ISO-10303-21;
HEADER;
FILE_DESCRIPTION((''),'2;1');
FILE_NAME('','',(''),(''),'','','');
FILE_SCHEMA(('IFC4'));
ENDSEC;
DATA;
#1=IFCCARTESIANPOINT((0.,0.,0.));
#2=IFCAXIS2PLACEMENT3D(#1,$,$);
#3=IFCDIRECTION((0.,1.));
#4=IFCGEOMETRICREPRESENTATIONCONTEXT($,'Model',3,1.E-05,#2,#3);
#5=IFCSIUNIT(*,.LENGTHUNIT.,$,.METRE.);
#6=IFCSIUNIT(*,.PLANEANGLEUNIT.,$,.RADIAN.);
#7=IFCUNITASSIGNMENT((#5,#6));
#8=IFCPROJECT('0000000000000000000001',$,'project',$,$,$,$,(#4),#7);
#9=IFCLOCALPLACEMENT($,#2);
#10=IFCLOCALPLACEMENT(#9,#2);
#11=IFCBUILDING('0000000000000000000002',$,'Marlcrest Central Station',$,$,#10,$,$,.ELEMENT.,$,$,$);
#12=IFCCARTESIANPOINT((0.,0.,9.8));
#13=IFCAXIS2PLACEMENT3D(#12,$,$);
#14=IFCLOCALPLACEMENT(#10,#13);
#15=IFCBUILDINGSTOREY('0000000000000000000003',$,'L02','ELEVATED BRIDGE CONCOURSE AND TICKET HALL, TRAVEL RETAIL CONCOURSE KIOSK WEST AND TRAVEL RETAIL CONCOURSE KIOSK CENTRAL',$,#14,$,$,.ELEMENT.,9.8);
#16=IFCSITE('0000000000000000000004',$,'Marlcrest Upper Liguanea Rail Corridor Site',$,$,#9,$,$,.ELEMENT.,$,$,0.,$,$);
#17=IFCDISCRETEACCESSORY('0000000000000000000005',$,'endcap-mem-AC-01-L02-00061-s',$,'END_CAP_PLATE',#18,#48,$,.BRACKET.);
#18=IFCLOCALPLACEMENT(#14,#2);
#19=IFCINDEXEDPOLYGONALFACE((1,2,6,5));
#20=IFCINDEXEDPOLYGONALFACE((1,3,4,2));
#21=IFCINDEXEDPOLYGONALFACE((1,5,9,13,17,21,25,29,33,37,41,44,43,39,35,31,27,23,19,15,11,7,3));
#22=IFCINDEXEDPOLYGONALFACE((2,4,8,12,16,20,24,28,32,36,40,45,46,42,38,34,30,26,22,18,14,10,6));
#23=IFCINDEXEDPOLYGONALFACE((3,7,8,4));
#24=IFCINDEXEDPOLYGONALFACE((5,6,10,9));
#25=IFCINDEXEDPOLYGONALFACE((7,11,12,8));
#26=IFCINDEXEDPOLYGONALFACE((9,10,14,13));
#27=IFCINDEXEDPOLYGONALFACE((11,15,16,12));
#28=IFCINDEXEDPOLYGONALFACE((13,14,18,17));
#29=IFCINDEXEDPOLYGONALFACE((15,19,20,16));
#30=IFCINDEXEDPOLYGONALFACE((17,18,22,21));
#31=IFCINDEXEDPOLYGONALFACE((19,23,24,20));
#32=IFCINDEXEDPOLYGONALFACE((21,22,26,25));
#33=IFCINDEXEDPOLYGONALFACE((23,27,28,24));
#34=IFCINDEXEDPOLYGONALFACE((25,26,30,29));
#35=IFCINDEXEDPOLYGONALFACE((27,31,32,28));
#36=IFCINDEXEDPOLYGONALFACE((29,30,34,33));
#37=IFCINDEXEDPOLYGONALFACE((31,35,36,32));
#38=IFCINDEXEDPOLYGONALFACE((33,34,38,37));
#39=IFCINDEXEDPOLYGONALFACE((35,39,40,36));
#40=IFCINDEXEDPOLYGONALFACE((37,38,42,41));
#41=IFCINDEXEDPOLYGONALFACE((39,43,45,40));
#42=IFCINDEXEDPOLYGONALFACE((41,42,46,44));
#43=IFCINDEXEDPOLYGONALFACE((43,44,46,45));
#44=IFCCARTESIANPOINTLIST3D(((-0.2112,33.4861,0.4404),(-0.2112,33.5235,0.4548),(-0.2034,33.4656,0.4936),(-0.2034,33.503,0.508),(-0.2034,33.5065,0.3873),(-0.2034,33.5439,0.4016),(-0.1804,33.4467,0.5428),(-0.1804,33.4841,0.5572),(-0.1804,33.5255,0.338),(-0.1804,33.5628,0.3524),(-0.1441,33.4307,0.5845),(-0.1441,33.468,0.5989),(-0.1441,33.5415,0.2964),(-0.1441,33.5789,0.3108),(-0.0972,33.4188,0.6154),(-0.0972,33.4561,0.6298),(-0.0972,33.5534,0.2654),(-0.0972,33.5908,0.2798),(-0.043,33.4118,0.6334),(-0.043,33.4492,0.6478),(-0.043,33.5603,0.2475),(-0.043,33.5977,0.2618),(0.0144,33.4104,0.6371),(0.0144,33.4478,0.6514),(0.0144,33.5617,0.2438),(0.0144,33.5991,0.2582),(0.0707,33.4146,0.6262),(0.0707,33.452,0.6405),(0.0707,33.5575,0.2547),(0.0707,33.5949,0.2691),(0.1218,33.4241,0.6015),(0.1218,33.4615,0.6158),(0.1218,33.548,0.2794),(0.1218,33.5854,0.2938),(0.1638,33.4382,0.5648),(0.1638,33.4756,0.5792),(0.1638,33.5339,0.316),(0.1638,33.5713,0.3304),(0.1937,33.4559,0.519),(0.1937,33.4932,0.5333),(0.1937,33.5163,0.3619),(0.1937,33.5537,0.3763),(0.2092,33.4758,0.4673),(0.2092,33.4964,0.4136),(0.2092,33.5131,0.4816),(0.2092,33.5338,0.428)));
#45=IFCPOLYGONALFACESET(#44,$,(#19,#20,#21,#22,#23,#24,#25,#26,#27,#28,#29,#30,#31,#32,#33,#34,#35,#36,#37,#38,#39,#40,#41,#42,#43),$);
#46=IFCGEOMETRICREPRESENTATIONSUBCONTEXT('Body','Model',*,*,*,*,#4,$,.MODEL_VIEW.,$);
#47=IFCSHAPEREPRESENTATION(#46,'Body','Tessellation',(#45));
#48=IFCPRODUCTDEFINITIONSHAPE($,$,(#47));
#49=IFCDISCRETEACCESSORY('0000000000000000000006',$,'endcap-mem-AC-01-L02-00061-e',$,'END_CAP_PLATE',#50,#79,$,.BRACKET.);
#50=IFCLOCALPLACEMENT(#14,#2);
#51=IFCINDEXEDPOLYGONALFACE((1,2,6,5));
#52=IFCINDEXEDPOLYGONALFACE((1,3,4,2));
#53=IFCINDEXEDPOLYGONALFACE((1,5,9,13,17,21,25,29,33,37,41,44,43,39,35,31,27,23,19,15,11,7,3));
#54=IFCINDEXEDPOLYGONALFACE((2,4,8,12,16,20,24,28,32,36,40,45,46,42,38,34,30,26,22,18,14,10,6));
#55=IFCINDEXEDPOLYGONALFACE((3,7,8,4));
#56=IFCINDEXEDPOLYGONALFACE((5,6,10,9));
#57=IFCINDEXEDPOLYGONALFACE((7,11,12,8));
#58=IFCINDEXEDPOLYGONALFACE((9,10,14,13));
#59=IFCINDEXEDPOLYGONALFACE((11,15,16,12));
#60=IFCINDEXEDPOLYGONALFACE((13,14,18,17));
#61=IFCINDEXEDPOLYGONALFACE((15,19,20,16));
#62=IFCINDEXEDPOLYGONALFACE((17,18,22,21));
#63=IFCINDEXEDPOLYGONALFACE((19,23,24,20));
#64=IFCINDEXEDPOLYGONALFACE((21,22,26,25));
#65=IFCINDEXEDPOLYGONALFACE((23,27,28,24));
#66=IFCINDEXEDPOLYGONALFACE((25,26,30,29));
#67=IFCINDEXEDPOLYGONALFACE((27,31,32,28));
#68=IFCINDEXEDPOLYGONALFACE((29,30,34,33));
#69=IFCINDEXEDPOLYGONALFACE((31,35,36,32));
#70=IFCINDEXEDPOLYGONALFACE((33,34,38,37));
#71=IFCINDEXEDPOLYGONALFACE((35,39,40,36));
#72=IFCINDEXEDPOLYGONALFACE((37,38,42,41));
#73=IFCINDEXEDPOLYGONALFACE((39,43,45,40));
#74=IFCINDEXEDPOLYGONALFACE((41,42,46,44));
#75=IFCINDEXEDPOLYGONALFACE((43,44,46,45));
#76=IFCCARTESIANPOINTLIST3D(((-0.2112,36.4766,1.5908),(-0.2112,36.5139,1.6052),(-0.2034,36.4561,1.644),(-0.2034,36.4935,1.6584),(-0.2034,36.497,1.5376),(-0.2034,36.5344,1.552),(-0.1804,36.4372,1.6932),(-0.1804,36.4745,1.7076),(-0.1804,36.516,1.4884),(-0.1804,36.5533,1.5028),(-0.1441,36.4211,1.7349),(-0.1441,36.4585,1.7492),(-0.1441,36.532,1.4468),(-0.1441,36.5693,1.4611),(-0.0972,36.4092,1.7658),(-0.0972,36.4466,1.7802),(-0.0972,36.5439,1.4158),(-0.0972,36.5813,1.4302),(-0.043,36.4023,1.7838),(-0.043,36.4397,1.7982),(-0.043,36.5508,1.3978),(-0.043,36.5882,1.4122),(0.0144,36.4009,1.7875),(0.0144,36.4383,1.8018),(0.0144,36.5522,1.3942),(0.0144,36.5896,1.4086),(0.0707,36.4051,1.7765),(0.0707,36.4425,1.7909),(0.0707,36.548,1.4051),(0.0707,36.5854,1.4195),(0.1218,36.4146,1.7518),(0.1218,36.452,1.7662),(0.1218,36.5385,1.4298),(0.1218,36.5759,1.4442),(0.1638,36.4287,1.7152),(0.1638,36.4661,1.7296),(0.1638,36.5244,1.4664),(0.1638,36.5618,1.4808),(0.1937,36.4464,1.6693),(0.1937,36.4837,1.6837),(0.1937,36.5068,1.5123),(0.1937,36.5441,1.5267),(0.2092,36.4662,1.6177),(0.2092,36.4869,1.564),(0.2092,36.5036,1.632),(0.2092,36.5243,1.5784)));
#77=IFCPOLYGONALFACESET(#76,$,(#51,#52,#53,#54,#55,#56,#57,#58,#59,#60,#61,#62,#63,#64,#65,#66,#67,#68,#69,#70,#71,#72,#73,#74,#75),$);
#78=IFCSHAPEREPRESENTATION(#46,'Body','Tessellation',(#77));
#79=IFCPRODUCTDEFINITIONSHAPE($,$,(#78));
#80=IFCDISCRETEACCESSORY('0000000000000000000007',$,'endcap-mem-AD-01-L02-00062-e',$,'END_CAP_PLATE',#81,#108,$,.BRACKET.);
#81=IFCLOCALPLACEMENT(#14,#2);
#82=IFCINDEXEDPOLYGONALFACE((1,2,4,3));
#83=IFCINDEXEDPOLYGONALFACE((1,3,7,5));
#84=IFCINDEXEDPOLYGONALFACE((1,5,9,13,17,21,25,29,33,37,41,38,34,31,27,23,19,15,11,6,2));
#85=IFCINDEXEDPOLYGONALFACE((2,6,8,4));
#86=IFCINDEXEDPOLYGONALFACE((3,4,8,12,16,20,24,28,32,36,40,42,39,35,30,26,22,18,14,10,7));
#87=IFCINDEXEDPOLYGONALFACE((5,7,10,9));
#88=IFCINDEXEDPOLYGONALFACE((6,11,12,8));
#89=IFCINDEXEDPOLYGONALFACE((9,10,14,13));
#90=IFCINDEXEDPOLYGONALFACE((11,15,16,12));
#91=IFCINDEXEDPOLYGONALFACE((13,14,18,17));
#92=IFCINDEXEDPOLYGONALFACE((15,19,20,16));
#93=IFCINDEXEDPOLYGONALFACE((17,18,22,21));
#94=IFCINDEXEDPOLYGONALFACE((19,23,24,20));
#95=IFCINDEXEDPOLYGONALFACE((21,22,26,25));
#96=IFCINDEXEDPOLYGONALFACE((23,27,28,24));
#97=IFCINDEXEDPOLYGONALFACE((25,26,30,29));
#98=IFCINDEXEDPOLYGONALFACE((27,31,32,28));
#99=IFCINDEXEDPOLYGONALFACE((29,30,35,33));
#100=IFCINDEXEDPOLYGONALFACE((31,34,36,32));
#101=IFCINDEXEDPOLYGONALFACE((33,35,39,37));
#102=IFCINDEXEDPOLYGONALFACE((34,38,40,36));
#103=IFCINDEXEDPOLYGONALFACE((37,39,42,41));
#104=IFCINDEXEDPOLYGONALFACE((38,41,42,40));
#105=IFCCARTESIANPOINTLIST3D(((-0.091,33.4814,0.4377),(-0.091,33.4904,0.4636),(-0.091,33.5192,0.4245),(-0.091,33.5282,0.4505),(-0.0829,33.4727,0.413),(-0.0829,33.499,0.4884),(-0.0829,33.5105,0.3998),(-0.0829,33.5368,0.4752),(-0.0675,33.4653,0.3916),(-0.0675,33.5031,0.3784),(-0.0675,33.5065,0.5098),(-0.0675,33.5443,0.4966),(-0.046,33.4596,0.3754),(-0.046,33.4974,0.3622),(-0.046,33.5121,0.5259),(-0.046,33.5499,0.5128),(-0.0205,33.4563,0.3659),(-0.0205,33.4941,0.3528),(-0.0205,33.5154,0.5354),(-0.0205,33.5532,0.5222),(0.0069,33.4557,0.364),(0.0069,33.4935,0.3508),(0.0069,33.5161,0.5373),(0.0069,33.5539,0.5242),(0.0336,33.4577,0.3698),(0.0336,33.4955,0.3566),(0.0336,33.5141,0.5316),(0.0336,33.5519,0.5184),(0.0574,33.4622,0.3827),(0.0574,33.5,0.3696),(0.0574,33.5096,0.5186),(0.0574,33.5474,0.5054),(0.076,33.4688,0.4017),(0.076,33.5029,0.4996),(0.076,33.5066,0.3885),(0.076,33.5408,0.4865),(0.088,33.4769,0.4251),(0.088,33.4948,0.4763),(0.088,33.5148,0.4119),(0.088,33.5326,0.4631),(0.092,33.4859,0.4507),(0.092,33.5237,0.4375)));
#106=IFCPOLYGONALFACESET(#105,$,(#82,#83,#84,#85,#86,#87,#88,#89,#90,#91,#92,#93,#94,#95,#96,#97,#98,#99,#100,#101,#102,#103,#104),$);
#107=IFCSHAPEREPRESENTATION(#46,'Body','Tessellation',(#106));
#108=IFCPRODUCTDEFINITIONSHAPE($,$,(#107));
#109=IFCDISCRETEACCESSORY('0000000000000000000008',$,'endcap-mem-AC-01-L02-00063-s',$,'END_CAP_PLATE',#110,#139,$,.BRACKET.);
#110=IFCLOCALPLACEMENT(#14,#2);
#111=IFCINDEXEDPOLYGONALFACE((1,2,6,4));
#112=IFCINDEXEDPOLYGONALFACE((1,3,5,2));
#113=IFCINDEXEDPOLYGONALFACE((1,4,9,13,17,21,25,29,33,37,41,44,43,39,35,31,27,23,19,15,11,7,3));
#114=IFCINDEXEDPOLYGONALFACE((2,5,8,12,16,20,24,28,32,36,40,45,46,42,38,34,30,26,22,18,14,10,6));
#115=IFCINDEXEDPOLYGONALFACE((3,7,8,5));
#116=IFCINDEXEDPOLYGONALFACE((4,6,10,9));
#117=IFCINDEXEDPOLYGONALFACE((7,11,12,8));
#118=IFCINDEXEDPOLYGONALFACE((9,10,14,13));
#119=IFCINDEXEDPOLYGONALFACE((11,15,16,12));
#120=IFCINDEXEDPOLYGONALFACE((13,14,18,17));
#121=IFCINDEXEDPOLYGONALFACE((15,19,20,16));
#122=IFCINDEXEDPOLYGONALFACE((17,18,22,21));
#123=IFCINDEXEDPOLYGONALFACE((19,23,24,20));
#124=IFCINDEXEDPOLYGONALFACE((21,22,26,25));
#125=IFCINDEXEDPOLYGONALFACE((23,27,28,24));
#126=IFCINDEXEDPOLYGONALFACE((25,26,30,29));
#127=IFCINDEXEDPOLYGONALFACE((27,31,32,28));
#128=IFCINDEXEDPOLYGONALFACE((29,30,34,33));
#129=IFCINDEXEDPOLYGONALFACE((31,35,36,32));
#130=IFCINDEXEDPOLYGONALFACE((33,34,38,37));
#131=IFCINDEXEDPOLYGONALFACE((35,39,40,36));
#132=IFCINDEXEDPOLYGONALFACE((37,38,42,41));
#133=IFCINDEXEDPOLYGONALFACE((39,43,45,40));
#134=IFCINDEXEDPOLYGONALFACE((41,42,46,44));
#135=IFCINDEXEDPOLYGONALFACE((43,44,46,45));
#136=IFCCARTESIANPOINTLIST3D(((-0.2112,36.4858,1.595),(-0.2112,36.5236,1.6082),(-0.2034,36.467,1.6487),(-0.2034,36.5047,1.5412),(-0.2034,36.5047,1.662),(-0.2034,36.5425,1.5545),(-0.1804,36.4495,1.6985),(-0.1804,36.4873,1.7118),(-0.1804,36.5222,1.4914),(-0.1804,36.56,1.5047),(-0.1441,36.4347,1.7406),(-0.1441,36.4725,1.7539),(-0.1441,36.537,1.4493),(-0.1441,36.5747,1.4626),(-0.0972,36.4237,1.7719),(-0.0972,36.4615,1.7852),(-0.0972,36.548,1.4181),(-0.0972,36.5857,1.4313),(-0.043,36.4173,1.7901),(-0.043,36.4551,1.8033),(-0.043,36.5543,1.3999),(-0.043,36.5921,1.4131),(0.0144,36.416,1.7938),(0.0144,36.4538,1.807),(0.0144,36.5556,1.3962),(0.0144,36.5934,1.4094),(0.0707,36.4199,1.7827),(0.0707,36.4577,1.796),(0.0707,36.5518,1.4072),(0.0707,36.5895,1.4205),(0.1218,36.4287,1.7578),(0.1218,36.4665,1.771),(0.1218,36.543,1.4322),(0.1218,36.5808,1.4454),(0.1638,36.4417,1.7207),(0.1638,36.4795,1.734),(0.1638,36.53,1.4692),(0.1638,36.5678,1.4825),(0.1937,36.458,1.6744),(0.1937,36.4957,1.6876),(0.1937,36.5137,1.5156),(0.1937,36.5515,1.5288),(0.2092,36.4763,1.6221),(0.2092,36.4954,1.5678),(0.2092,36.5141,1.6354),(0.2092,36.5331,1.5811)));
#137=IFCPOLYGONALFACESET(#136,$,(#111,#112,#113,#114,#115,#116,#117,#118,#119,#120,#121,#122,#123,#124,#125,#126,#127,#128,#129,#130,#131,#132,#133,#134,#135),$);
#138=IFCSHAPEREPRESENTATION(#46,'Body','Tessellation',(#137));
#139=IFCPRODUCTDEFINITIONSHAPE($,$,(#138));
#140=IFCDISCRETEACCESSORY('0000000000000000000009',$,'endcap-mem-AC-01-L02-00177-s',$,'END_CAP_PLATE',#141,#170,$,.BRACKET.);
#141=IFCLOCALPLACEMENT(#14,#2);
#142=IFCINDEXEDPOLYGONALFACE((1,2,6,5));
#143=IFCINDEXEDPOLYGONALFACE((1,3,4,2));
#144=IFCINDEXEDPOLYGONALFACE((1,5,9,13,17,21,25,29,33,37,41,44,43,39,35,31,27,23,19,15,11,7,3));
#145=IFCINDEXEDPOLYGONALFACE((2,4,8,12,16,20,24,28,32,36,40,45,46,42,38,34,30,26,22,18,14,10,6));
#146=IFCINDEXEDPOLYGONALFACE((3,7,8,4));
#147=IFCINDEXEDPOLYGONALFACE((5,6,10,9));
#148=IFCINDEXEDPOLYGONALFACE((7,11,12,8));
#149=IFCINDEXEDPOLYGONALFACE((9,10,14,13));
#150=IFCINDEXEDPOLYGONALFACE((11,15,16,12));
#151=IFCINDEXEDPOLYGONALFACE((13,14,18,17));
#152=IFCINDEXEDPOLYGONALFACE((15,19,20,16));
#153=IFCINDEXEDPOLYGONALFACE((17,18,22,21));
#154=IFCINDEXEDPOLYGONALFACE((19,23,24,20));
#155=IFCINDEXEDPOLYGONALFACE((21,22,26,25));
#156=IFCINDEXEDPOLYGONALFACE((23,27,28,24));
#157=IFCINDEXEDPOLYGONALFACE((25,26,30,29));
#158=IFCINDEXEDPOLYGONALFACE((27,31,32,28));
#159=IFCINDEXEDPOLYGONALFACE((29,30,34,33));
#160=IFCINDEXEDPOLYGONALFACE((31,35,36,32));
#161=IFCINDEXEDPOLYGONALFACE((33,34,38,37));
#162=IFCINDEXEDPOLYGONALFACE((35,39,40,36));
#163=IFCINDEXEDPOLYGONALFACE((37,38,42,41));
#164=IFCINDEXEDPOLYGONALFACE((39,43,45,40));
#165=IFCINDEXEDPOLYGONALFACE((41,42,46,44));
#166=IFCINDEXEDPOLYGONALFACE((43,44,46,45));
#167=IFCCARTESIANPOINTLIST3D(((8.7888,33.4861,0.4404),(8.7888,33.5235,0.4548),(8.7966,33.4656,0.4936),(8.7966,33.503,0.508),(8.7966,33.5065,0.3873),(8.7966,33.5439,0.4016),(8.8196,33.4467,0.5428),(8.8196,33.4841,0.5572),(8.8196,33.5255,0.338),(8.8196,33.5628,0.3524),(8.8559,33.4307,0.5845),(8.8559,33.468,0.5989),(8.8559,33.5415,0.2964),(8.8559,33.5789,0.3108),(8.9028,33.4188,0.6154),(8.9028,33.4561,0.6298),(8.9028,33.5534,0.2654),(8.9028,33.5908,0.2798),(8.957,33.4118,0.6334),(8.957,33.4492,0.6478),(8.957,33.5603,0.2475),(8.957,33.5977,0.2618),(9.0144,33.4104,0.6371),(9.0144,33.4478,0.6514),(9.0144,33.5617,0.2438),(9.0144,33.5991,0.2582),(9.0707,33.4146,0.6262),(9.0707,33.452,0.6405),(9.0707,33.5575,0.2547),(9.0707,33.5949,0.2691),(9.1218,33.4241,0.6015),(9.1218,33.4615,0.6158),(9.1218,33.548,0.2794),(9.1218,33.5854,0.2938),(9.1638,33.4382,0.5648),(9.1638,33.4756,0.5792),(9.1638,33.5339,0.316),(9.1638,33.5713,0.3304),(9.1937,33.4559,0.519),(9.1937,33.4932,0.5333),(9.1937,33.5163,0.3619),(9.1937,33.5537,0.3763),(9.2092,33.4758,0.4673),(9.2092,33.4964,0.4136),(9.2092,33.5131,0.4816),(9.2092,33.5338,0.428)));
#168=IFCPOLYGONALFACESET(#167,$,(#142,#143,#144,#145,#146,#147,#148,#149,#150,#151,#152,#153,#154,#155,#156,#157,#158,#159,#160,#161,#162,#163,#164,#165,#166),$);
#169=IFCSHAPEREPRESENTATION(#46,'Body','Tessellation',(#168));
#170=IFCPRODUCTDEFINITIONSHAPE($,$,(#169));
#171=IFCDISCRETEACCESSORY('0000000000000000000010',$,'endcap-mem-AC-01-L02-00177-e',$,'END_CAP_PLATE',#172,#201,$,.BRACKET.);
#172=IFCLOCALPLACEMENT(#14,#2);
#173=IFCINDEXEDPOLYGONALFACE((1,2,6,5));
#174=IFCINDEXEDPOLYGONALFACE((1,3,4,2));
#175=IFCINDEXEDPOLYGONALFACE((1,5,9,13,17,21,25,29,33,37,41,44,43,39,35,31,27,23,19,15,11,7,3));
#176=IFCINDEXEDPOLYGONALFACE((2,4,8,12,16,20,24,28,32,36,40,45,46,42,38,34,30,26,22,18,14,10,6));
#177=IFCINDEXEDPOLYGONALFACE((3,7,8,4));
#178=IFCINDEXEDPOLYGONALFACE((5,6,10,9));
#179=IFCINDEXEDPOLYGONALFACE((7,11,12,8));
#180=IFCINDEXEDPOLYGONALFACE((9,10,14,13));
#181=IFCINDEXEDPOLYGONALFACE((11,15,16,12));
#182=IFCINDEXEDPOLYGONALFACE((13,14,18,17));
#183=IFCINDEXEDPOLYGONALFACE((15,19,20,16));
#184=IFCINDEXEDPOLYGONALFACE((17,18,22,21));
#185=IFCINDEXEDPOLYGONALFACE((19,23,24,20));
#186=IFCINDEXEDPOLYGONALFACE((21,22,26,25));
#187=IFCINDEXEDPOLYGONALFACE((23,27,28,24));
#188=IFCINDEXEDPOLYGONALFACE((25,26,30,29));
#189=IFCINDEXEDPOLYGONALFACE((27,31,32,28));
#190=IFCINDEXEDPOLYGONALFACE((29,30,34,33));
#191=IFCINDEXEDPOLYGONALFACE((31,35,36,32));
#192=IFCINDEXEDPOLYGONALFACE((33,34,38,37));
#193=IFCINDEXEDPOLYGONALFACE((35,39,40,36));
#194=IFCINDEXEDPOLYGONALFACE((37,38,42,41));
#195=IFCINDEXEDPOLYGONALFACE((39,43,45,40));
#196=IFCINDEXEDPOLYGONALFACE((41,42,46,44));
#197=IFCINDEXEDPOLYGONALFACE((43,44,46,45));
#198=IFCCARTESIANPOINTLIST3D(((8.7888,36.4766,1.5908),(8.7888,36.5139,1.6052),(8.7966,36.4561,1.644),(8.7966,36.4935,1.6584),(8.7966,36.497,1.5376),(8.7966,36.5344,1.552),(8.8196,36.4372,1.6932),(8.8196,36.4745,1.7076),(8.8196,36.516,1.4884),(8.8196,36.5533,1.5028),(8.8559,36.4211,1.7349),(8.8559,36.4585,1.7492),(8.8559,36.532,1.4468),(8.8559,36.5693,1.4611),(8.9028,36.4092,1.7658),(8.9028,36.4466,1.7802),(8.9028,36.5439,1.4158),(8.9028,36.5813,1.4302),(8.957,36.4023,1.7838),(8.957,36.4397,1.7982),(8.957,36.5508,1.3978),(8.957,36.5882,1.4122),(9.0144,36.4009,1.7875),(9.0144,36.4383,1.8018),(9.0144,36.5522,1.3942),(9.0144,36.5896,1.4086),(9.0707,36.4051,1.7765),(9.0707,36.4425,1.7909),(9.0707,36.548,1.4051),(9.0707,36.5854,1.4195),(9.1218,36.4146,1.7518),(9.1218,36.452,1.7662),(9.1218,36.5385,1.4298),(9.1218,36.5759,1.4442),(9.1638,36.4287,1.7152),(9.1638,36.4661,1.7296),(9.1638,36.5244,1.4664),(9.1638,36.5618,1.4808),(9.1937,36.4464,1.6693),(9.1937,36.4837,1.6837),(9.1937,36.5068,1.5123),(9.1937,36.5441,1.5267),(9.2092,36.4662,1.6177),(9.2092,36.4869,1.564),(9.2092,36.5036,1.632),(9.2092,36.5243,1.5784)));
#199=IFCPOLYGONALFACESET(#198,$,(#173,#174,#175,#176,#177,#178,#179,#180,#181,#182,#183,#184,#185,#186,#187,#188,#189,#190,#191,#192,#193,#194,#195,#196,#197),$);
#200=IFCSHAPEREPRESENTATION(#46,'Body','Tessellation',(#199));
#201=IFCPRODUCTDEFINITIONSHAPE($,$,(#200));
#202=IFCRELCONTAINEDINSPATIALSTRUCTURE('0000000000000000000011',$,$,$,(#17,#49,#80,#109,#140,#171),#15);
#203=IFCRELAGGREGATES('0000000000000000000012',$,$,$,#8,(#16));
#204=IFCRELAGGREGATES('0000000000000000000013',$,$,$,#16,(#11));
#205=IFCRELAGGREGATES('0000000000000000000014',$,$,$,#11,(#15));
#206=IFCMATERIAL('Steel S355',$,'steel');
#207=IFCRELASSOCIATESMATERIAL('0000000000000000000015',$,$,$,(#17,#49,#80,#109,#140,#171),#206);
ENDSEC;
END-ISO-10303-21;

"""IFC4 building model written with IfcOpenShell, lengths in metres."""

from ifc_helpers import new_model, si_unit, direction, frame, origin, origin_2d, place, context, subcontext, project, spatial, circle, extrude, material, element, save


model = new_model("IFC4")

# Units and contexts
model_context = context("Model", 3, precision=1e-05, world=origin(), true_north=direction((0.0, 1.0)))
body_context = subcontext(model_context, "Body", "Model", "MODEL_VIEW")
ifc_project = project(units=[si_unit("LENGTHUNIT", "METRE"), si_unit("PLANEANGLEUNIT", "RADIAN")], contexts=[model_context])

# Site, building, storey
site_placement = place(None, origin())
site = spatial("IfcSite", under=ifc_project, at=site_placement, Name="Marlcrest Upper Liguanea Rail Corridor Site", CompositionType="ELEMENT", RefElevation=0.0)
building_placement = place(site_placement, origin())
building = spatial("IfcBuilding", under=site, at=building_placement, Name="Marlcrest Central Station", CompositionType="ELEMENT")
storey_placement = place(building_placement, frame((0.0, 0.0, 9.8)))
storey = spatial("IfcBuildingStorey", under=building, at=storey_placement, Name="L02", Description="ELEVATED BRIDGE CONCOURSE AND TICKET HALL, TRAVEL RETAIL CONCOURSE KIOSK WEST AND TRAVEL RETAIL CONCOURSE KIOSK CENTRAL", CompositionType="ELEMENT", Elevation=9.8)

# Shared definitions
ifc_material_1 = material(Name="Steel S355", Category="steel")

# Discrete accessories
for number, where, z_axis, x_axis, name in (
    (1, (0.0, 33.4861, 0.4404), (0.0, 0.933324, 0.359035), (-1.0, 0.0, 0.0), "endcap-mem-AC-01-L02-00061-s"),
    (2, (0.0, 36.4766, 1.5908), (0.0, 0.933324, 0.359035), (-1.0, 0.0, 0.0), "endcap-mem-AC-01-L02-00061-e"),
):
    element("IfcDiscreteAccessory", number, at=place(storey_placement, frame(where, z_axis=z_axis, x_axis=x_axis)), inside=storey, material=ifc_material_1, Name=name, ObjectType="END_CAP_PLATE", PredefinedType="BRACKET", context=body_context, shape_type="SweptSolid", body=[
        extrude(circle(Radius=0.2112, at=origin_2d()), origin(), (0.0, 0.0, 1.0), 0.04),
    ])
discrete_accessory_1_placement = place(storey_placement, frame((0.0, 33.5237, 0.4375), z_axis=(0.0, -0.94426, 0.3292), x_axis=(1.0, 0.0, 0.0)))
element("IfcDiscreteAccessory", 3, at=discrete_accessory_1_placement, inside=storey, material=ifc_material_1, Name="endcap-mem-AD-01-L02-00062-e", ObjectType="END_CAP_PLATE", PredefinedType="BRACKET", context=body_context, shape_type="SweptSolid", body=[
    extrude(circle(Radius=0.092, at=origin_2d()), origin(), (0.0, 0.0, 1.0), 0.04),
])
for number, where, z_axis, x_axis, name in (
    (4, (0.0, 36.4858, 1.595), (0.0, 0.943537, 0.331266), (-1.0, 0.0, 0.0), "endcap-mem-AC-01-L02-00063-s"),
    (5, (9.0, 33.4861, 0.4404), (0.0, 0.933324, 0.359035), (-1.0, 0.0, 0.0), "endcap-mem-AC-01-L02-00177-s"),
    (6, (9.0, 36.4766, 1.5908), (0.0, 0.933324, 0.359035), (-1.0, 0.0, 0.0), "endcap-mem-AC-01-L02-00177-e"),
):
    element("IfcDiscreteAccessory", number, at=place(storey_placement, frame(where, z_axis=z_axis, x_axis=x_axis)), inside=storey, material=ifc_material_1, Name=name, ObjectType="END_CAP_PLATE", PredefinedType="BRACKET", context=body_context, shape_type="SweptSolid", body=[
        extrude(circle(Radius=0.2112, at=origin_2d()), origin(), (0.0, 0.0, 1.0), 0.04),
    ])

save(model, "model.ifc")
